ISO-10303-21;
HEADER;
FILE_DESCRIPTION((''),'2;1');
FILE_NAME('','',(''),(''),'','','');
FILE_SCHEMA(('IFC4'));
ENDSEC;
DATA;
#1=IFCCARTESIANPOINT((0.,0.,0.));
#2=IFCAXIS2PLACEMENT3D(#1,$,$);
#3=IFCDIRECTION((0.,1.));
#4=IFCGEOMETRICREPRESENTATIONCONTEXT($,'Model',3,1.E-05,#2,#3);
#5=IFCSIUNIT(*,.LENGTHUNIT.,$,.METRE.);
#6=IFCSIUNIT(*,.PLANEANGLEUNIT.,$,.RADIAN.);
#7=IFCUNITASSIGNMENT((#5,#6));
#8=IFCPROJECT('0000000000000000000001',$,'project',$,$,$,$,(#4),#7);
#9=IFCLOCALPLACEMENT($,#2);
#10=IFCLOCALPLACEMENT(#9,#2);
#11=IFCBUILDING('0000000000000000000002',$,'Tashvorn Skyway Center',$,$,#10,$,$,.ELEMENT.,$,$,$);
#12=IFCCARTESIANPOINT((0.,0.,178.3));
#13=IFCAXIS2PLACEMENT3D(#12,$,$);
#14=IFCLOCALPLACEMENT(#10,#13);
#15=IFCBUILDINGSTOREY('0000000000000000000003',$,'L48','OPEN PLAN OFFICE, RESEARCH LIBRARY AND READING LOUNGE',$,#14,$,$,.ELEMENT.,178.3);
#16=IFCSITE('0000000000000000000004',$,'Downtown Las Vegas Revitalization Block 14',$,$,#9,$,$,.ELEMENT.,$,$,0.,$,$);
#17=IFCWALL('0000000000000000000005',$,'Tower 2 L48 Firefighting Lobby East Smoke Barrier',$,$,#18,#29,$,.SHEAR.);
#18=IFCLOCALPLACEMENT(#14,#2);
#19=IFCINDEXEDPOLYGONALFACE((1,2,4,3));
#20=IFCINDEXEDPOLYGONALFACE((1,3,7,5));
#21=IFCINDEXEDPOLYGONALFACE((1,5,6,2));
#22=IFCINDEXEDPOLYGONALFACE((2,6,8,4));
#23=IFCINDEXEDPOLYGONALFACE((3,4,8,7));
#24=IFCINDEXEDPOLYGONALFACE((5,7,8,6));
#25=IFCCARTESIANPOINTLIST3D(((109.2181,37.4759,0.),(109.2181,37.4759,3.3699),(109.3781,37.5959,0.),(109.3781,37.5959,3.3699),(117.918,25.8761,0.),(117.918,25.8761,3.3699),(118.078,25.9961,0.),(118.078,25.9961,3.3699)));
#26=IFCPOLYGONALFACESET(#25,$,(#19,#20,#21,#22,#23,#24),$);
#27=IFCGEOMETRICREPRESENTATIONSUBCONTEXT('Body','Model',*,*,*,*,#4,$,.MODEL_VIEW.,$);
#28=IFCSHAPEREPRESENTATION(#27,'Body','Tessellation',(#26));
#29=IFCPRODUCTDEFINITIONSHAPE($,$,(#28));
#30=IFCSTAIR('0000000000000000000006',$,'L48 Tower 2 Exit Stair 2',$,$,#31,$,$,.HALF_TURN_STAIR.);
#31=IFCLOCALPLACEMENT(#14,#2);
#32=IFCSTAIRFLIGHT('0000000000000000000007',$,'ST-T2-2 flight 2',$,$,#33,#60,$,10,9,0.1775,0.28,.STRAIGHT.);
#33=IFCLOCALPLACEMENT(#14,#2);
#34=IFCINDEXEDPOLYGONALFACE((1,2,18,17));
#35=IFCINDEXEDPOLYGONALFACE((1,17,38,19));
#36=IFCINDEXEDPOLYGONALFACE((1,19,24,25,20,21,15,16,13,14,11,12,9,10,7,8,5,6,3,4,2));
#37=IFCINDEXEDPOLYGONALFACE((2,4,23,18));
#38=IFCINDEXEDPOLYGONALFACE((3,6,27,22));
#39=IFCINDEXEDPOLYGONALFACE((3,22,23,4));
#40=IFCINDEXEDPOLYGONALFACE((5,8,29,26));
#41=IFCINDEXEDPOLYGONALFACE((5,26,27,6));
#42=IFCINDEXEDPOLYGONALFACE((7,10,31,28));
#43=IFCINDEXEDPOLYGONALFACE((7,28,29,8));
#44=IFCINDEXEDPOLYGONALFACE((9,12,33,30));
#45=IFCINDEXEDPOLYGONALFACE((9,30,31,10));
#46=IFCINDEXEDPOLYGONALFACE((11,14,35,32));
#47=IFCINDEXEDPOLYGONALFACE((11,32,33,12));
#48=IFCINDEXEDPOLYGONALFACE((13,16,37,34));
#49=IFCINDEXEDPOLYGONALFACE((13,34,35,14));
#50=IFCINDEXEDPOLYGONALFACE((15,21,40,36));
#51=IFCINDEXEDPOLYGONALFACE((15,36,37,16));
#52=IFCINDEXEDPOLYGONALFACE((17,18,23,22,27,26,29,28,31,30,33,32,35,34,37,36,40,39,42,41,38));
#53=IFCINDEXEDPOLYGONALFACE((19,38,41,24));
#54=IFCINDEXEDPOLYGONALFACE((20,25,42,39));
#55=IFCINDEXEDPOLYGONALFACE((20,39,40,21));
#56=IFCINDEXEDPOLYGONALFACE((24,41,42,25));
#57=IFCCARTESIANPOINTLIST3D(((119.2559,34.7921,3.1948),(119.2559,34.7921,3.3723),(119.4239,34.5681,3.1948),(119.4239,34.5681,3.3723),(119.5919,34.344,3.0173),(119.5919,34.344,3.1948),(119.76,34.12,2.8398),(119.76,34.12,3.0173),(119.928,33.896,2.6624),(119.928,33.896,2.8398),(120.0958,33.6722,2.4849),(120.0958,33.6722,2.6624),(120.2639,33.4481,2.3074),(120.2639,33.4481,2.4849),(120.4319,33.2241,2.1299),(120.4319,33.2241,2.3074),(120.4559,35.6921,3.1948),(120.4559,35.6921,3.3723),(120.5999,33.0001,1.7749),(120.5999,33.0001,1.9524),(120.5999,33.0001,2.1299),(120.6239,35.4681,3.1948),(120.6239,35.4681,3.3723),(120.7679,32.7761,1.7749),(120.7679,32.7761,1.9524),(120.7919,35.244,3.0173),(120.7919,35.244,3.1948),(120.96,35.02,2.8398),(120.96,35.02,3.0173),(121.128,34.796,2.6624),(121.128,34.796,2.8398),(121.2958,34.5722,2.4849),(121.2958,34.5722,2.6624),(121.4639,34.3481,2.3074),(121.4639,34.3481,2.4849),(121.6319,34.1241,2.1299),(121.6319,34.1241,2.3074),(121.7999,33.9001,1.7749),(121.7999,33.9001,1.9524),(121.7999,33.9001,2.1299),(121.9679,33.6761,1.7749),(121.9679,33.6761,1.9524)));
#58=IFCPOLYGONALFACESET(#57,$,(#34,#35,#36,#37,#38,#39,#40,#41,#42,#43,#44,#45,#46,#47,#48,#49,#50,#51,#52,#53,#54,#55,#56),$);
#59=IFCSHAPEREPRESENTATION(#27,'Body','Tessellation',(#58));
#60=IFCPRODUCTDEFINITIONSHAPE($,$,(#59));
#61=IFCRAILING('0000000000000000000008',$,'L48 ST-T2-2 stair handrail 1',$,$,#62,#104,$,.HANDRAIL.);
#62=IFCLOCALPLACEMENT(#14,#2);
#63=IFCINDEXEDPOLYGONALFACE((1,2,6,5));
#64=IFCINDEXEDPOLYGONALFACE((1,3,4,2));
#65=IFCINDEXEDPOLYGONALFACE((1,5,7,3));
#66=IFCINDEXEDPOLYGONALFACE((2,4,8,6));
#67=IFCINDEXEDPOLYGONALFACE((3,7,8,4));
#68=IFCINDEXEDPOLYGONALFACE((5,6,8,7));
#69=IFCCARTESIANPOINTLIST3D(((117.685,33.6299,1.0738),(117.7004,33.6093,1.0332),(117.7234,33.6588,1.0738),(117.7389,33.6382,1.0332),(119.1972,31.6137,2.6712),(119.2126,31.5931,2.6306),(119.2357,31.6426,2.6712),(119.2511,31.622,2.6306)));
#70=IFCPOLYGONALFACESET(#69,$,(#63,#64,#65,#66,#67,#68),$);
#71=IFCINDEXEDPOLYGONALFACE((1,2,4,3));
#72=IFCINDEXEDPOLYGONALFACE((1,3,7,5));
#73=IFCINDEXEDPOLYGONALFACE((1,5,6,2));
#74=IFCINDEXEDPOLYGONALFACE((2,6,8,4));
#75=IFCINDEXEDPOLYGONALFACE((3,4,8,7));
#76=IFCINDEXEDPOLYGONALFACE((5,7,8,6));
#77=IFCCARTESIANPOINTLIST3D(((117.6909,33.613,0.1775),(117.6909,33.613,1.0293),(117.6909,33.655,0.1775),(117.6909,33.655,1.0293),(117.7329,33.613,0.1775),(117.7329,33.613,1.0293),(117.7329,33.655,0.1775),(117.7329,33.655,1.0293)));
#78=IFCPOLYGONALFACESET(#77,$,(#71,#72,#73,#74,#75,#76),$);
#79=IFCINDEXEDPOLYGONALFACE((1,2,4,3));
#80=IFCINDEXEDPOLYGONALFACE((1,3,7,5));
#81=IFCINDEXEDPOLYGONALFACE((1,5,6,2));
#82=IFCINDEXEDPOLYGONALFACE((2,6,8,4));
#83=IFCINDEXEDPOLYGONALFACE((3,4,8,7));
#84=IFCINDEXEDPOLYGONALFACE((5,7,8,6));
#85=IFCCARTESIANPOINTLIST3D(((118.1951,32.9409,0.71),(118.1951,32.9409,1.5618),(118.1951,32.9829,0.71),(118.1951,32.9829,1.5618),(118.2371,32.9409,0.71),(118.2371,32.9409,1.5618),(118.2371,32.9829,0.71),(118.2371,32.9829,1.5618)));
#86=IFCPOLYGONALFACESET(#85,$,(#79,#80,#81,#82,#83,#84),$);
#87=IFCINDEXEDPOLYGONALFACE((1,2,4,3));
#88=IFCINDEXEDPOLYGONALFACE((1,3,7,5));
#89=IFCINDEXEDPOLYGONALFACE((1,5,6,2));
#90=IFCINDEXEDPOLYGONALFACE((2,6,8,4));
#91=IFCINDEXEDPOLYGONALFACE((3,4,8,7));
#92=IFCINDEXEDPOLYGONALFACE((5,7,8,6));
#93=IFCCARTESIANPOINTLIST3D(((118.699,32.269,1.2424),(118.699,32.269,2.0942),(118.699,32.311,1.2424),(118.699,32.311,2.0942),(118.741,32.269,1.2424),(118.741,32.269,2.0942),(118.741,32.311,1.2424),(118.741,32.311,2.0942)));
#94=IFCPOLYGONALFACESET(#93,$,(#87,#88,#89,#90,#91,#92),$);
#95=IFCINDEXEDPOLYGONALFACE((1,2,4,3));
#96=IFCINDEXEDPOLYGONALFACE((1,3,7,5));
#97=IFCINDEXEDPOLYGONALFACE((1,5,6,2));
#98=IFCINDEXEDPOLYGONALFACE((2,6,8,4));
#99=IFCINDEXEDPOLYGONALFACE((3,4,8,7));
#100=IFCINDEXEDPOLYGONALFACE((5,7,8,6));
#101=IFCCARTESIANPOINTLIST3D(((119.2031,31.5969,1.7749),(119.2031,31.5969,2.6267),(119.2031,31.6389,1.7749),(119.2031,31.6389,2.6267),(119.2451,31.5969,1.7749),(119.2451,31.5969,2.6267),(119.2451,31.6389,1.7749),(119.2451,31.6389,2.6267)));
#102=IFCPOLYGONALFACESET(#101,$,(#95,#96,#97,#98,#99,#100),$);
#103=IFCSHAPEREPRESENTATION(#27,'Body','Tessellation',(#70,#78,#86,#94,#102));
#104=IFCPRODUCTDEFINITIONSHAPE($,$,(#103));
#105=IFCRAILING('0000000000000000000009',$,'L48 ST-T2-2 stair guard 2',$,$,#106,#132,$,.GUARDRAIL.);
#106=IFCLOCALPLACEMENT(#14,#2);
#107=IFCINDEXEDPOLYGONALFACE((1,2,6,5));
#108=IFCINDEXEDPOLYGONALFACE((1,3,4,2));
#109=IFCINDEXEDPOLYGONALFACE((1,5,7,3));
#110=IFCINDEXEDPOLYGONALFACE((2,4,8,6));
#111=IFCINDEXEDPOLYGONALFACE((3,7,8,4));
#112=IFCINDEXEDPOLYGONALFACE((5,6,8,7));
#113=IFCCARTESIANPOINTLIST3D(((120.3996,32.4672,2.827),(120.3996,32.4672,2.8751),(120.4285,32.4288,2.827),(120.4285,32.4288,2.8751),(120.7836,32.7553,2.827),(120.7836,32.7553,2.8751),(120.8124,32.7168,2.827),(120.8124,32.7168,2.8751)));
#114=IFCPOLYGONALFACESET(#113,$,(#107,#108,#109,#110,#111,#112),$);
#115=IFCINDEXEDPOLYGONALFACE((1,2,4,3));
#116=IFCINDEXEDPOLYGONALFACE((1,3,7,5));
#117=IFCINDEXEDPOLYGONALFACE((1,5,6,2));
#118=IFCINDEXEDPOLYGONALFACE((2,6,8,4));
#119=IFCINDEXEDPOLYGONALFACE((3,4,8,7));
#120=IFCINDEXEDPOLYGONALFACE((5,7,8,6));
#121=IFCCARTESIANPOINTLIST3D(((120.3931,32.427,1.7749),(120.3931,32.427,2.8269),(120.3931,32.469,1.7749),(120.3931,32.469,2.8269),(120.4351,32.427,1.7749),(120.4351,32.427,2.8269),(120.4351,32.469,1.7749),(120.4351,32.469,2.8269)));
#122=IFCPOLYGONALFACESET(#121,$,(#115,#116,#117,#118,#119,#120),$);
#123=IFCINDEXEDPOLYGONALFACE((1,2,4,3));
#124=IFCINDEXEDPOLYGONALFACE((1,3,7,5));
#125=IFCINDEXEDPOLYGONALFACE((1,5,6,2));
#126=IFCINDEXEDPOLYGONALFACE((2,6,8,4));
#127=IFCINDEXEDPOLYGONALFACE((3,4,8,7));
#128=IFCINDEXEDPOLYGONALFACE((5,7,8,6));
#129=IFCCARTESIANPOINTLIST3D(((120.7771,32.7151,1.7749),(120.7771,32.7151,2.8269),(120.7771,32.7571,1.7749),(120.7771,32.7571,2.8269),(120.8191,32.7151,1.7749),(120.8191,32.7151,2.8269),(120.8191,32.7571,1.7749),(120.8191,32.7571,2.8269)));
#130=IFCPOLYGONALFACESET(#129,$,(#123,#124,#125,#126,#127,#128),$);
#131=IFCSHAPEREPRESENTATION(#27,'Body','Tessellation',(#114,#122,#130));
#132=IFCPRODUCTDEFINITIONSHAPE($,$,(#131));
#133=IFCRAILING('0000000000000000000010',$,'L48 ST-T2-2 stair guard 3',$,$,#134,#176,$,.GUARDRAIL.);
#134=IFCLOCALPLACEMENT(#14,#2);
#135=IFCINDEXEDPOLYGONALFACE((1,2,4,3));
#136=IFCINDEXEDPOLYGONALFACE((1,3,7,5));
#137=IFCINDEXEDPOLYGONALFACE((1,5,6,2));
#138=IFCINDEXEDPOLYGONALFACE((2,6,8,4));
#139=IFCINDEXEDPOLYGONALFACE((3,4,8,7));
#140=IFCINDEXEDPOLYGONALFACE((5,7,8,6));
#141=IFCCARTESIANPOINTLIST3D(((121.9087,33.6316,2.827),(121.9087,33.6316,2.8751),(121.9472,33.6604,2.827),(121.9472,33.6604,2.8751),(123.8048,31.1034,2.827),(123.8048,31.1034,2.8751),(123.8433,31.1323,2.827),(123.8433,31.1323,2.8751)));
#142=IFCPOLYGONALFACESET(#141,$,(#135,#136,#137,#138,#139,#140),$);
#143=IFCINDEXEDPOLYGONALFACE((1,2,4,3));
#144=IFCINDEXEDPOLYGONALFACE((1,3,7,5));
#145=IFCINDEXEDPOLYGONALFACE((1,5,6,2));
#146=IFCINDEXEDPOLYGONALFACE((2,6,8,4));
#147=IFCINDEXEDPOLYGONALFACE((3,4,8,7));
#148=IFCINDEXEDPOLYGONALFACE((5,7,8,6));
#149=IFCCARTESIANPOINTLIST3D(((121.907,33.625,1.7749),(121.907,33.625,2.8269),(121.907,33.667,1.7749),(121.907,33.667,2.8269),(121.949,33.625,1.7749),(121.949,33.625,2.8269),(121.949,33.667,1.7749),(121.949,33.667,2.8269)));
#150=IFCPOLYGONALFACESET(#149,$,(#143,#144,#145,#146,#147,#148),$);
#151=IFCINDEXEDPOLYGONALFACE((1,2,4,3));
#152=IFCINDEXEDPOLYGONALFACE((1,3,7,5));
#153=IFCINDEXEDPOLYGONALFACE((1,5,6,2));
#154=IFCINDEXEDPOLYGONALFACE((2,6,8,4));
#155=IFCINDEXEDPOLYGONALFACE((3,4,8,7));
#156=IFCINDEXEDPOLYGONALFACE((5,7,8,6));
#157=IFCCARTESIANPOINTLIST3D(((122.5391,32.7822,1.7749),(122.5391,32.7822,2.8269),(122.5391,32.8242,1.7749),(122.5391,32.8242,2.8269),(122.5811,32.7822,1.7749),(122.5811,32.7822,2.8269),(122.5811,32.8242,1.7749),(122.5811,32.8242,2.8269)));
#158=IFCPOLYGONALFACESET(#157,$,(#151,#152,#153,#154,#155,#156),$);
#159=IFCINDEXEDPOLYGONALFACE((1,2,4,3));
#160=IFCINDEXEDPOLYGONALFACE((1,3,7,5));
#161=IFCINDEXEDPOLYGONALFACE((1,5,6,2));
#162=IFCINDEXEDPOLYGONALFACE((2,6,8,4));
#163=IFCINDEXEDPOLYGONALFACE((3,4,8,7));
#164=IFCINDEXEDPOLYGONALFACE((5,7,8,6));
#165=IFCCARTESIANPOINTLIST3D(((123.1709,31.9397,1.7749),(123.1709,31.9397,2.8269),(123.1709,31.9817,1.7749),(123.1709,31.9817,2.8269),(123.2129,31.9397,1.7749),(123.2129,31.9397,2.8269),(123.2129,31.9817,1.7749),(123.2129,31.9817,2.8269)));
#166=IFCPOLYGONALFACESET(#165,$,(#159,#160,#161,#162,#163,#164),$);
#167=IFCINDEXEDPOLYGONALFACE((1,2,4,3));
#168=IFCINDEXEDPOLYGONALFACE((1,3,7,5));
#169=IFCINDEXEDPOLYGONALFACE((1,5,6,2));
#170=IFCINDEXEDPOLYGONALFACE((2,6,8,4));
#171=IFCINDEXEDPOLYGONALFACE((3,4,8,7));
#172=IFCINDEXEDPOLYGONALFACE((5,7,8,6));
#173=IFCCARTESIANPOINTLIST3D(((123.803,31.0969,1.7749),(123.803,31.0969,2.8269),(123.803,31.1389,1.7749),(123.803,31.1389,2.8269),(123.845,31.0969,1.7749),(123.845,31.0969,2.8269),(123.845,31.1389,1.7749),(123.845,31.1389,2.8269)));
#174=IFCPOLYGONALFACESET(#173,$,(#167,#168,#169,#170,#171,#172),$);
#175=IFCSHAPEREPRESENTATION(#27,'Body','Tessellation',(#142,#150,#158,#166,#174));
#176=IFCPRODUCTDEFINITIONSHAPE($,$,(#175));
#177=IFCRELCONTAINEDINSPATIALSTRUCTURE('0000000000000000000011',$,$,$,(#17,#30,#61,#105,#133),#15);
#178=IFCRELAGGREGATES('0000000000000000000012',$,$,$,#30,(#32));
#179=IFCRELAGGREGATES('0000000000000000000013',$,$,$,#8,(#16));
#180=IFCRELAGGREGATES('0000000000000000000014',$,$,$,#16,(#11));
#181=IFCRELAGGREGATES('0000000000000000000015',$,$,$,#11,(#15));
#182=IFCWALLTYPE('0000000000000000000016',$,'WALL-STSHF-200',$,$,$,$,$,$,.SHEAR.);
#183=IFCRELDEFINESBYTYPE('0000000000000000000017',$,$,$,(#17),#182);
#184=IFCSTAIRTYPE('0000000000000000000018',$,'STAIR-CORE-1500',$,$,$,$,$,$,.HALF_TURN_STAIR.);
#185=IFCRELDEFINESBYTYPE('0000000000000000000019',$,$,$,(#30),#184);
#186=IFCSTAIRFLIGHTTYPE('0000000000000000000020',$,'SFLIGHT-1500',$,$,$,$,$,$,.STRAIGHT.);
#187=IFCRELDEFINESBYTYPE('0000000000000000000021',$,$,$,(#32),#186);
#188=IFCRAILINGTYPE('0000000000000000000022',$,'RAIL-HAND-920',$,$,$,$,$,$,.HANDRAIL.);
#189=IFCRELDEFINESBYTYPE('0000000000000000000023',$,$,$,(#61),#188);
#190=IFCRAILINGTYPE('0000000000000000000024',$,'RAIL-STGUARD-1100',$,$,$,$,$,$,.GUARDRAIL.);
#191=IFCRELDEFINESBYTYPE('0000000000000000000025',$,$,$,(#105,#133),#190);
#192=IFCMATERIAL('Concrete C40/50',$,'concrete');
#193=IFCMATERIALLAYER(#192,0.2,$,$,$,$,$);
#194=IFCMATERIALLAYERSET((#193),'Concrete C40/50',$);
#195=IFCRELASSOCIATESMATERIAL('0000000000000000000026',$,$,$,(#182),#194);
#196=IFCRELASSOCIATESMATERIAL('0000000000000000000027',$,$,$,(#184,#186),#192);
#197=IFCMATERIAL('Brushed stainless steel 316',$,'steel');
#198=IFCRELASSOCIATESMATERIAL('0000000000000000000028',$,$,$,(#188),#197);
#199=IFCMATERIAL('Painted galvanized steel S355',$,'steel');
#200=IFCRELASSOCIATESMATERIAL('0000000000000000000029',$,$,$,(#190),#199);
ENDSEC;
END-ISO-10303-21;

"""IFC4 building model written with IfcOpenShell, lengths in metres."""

from ifc_helpers import new_model, si_unit, direction, frame, frame_2d, origin, origin_2d, place, context, subcontext, project, spatial, polyline, rectangle, outline, extrude, material, layer, layer_set, type_object, element, aggregate, save


model = new_model("IFC4")

# Units and contexts
model_context = context("Model", 3, precision=1e-05, world=origin(), true_north=direction((0.0, 1.0)))
body_context = subcontext(model_context, "Body", "Model", "MODEL_VIEW")
ifc_project = project(units=[si_unit("LENGTHUNIT", "METRE"), si_unit("PLANEANGLEUNIT", "RADIAN")], contexts=[model_context])

# Site, building, storey
site_placement = place(None, origin())
site = spatial("IfcSite", under=ifc_project, at=site_placement, Name="Downtown Las Vegas Revitalization Block 14", CompositionType="ELEMENT", RefElevation=0.0)
building_placement = place(site_placement, origin())
building = spatial("IfcBuilding", under=site, at=building_placement, Name="Tashvorn Skyway Center", CompositionType="ELEMENT")
storey_placement = place(building_placement, frame((0.0, 0.0, 178.3)))
storey = spatial("IfcBuildingStorey", under=building, at=storey_placement, Name="L48", Description="OPEN PLAN OFFICE, RESEARCH LIBRARY AND READING LOUNGE", CompositionType="ELEMENT", Elevation=178.3)

# Shared definitions
ifc_material_1 = material(Name="Concrete C40/50", Category="concrete")

# Wall
ifc_layer_1 = layer(ifc_material_1, 0.2)
ifc_layer_set_1 = layer_set([ifc_layer_1], Name="Concrete C40/50")
wall_type_1 = type_object("IfcWallType", Name="WALL-STSHF-200", PredefinedType="SHEAR", material=ifc_layer_set_1)
wall_1_placement = place(storey_placement, frame((117.998, 25.936, 0.0), z_axis=(0.0, 0.0, 1.0), x_axis=(-0.600003, 0.799998, 0.0)))
element("IfcWall", 1, at=wall_1_placement, inside=storey, type_object=wall_type_1, Name="Tower 2 L48 Firefighting Lobby East Smoke Barrier", PredefinedType="SHEAR", context=body_context, shape_type="SweptSolid", body=[
    extrude(rectangle(XDim=14.4998, YDim=0.2, at=frame_2d((7.25, 0.0))), origin(), (0.0, 0.0, 1.0), 3.3699),
])

# Stair, stair flight
stair_type = type_object("IfcStairType", Name="STAIR-CORE-1500", PredefinedType="HALF_TURN_STAIR", material=ifc_material_1)
stair_placement = place(storey_placement, origin())
stair = element("IfcStair", 2, at=stair_placement, inside=storey, type_object=stair_type, Name="L48 Tower 2 Exit Stair 2", PredefinedType="HALF_TURN_STAIR")
stair_flight_type = type_object("IfcStairFlightType", Name="SFLIGHT-1500", PredefinedType="STRAIGHT", material=ifc_material_1)
stair_flight_placement = place(storey_placement, frame((121.3679, 33.2261, 1.7749), z_axis=(0.0, 0.0, 1.0), x_axis=(-0.6, 0.8, 0.0)))
stair_flight = element("IfcStairFlight", 3, at=stair_flight_placement, type_object=stair_flight_type, Name="ST-T2-2 flight 2", NumberOfRisers=10, NumberOfTreads=9, PredefinedType="STRAIGHT", RiserHeight=0.1775, TreadLength=0.28, context=body_context, shape_type="SweptSolid", body=[
    extrude(outline(polyline([(0.0, 0.0), (0.0, 0.1775), (0.28, 0.1775), (0.28, 0.355), (0.5601, 0.355), (0.5601, 0.5325), (0.8401, 0.5325), (0.8401, 0.71), (1.1201, 0.71), (1.1201, 0.8875), (1.3999, 0.8875), (1.3999, 1.0649), (1.6799, 1.0649), (1.6799, 1.2424), (1.96, 1.2424), (1.96, 1.4199), (2.24, 1.4199), (2.24, 1.5974), (2.52, 1.5974), (2.52, 1.7749), (2.52, 1.4199), (0.28, 0.0), (0.0, 0.0)])), frame((0.0, 0.75, 0.0), z_axis=(0.0, -1.0, 0.0), x_axis=(1.0, 0.0, 0.0)), (0.0, 0.0, 1.0), 1.5),
])
aggregate(stair, [stair_flight])

# Railings
ifc_material_2 = material(Name="Brushed stainless steel 316", Category="steel")
railing_type_1 = type_object("IfcRailingType", Name="RAIL-HAND-920", PredefinedType="HANDRAIL", material=ifc_material_2)
railing_1_placement = place(storey_placement, frame((117.7119, 33.634, 0.1775)))
element("IfcRailing", 4, at=railing_1_placement, inside=storey, type_object=railing_type_1, Name="L48 ST-T2-2 stair handrail 1", PredefinedType="HANDRAIL", context=body_context, shape_type="SweptSolid", body=[
    extrude(rectangle(XDim=0.0481, YDim=0.0481, at=origin_2d()), frame((0.0, 0.0, 0.876), z_axis=(0.506802, -0.675681, 0.535357), x_axis=(0.799977, 0.600031, 0.0)), (0.0, 0.0, 1.0), 2.9839),
    extrude(rectangle(XDim=0.042, YDim=0.042, at=origin_2d()), origin(), (0.0, 0.0, 1.0), 0.8518),
    extrude(rectangle(XDim=0.042, YDim=0.042, at=origin_2d()), frame((0.5042, -0.6721, 0.5325)), (0.0, 0.0, 1.0), 0.8518),
    extrude(rectangle(XDim=0.042, YDim=0.042, at=origin_2d()), frame((1.0081, -1.344, 1.0649)), (0.0, 0.0, 1.0), 0.8518),
    extrude(rectangle(XDim=0.042, YDim=0.042, at=origin_2d()), frame((1.5122, -2.0161, 1.5974)), (0.0, 0.0, 1.0), 0.8518),
])
ifc_material_3 = material(Name="Painted galvanized steel S355", Category="steel")
railing_type_2 = type_object("IfcRailingType", Name="RAIL-STGUARD-1100", PredefinedType="GUARDRAIL", material=ifc_material_3)
railing_2_placement = place(storey_placement, frame((120.4141, 32.448, 1.7749)))
element("IfcRailing", 5, at=railing_2_placement, inside=storey, type_object=railing_type_2, Name="L48 ST-T2-2 stair guard 2", PredefinedType="GUARDRAIL", context=body_context, shape_type="SweptSolid", body=[
    extrude(rectangle(XDim=0.0481, YDim=0.0481, at=origin_2d()), frame((0.0, 0.0, 1.0762), z_axis=(0.799939, 0.600081, 0.0), x_axis=(-0.600081, 0.799939, 0.0)), (0.0, 0.0, 1.0), 0.48),
    extrude(rectangle(XDim=0.042, YDim=0.042, at=origin_2d()), origin(), (0.0, 0.0, 1.0), 1.052),
    extrude(rectangle(XDim=0.042, YDim=0.042, at=origin_2d()), frame((0.384, 0.2881, 0.0)), (0.0, 0.0, 1.0), 1.052),
])
railing_3_placement = place(storey_placement, frame((121.928, 33.646, 1.7749)))
element("IfcRailing", 6, at=railing_3_placement, inside=storey, type_object=railing_type_2, Name="L48 ST-T2-2 stair guard 3", PredefinedType="GUARDRAIL", context=body_context, shape_type="SweptSolid", body=[
    extrude(rectangle(XDim=0.0481, YDim=0.0481, at=origin_2d()), frame((0.0, 0.0, 1.0762), z_axis=(0.599988, -0.800009, 0.0), x_axis=(0.800009, 0.599988, 0.0)), (0.0, 0.0, 1.0), 3.1602),
    extrude(rectangle(XDim=0.042, YDim=0.042, at=origin_2d()), origin(), (0.0, 0.0, 1.0), 1.052),
    extrude(rectangle(XDim=0.042, YDim=0.042, at=origin_2d()), frame((0.6321, -0.8428, 0.0)), (0.0, 0.0, 1.0), 1.052),
    extrude(rectangle(XDim=0.042, YDim=0.042, at=origin_2d()), frame((1.2639, -1.6853, 0.0)), (0.0, 0.0, 1.0), 1.052),
    extrude(rectangle(XDim=0.042, YDim=0.042, at=origin_2d()), frame((1.896, -2.5281, 0.0)), (0.0, 0.0, 1.0), 1.052),
])

save(model, "model.ifc")
